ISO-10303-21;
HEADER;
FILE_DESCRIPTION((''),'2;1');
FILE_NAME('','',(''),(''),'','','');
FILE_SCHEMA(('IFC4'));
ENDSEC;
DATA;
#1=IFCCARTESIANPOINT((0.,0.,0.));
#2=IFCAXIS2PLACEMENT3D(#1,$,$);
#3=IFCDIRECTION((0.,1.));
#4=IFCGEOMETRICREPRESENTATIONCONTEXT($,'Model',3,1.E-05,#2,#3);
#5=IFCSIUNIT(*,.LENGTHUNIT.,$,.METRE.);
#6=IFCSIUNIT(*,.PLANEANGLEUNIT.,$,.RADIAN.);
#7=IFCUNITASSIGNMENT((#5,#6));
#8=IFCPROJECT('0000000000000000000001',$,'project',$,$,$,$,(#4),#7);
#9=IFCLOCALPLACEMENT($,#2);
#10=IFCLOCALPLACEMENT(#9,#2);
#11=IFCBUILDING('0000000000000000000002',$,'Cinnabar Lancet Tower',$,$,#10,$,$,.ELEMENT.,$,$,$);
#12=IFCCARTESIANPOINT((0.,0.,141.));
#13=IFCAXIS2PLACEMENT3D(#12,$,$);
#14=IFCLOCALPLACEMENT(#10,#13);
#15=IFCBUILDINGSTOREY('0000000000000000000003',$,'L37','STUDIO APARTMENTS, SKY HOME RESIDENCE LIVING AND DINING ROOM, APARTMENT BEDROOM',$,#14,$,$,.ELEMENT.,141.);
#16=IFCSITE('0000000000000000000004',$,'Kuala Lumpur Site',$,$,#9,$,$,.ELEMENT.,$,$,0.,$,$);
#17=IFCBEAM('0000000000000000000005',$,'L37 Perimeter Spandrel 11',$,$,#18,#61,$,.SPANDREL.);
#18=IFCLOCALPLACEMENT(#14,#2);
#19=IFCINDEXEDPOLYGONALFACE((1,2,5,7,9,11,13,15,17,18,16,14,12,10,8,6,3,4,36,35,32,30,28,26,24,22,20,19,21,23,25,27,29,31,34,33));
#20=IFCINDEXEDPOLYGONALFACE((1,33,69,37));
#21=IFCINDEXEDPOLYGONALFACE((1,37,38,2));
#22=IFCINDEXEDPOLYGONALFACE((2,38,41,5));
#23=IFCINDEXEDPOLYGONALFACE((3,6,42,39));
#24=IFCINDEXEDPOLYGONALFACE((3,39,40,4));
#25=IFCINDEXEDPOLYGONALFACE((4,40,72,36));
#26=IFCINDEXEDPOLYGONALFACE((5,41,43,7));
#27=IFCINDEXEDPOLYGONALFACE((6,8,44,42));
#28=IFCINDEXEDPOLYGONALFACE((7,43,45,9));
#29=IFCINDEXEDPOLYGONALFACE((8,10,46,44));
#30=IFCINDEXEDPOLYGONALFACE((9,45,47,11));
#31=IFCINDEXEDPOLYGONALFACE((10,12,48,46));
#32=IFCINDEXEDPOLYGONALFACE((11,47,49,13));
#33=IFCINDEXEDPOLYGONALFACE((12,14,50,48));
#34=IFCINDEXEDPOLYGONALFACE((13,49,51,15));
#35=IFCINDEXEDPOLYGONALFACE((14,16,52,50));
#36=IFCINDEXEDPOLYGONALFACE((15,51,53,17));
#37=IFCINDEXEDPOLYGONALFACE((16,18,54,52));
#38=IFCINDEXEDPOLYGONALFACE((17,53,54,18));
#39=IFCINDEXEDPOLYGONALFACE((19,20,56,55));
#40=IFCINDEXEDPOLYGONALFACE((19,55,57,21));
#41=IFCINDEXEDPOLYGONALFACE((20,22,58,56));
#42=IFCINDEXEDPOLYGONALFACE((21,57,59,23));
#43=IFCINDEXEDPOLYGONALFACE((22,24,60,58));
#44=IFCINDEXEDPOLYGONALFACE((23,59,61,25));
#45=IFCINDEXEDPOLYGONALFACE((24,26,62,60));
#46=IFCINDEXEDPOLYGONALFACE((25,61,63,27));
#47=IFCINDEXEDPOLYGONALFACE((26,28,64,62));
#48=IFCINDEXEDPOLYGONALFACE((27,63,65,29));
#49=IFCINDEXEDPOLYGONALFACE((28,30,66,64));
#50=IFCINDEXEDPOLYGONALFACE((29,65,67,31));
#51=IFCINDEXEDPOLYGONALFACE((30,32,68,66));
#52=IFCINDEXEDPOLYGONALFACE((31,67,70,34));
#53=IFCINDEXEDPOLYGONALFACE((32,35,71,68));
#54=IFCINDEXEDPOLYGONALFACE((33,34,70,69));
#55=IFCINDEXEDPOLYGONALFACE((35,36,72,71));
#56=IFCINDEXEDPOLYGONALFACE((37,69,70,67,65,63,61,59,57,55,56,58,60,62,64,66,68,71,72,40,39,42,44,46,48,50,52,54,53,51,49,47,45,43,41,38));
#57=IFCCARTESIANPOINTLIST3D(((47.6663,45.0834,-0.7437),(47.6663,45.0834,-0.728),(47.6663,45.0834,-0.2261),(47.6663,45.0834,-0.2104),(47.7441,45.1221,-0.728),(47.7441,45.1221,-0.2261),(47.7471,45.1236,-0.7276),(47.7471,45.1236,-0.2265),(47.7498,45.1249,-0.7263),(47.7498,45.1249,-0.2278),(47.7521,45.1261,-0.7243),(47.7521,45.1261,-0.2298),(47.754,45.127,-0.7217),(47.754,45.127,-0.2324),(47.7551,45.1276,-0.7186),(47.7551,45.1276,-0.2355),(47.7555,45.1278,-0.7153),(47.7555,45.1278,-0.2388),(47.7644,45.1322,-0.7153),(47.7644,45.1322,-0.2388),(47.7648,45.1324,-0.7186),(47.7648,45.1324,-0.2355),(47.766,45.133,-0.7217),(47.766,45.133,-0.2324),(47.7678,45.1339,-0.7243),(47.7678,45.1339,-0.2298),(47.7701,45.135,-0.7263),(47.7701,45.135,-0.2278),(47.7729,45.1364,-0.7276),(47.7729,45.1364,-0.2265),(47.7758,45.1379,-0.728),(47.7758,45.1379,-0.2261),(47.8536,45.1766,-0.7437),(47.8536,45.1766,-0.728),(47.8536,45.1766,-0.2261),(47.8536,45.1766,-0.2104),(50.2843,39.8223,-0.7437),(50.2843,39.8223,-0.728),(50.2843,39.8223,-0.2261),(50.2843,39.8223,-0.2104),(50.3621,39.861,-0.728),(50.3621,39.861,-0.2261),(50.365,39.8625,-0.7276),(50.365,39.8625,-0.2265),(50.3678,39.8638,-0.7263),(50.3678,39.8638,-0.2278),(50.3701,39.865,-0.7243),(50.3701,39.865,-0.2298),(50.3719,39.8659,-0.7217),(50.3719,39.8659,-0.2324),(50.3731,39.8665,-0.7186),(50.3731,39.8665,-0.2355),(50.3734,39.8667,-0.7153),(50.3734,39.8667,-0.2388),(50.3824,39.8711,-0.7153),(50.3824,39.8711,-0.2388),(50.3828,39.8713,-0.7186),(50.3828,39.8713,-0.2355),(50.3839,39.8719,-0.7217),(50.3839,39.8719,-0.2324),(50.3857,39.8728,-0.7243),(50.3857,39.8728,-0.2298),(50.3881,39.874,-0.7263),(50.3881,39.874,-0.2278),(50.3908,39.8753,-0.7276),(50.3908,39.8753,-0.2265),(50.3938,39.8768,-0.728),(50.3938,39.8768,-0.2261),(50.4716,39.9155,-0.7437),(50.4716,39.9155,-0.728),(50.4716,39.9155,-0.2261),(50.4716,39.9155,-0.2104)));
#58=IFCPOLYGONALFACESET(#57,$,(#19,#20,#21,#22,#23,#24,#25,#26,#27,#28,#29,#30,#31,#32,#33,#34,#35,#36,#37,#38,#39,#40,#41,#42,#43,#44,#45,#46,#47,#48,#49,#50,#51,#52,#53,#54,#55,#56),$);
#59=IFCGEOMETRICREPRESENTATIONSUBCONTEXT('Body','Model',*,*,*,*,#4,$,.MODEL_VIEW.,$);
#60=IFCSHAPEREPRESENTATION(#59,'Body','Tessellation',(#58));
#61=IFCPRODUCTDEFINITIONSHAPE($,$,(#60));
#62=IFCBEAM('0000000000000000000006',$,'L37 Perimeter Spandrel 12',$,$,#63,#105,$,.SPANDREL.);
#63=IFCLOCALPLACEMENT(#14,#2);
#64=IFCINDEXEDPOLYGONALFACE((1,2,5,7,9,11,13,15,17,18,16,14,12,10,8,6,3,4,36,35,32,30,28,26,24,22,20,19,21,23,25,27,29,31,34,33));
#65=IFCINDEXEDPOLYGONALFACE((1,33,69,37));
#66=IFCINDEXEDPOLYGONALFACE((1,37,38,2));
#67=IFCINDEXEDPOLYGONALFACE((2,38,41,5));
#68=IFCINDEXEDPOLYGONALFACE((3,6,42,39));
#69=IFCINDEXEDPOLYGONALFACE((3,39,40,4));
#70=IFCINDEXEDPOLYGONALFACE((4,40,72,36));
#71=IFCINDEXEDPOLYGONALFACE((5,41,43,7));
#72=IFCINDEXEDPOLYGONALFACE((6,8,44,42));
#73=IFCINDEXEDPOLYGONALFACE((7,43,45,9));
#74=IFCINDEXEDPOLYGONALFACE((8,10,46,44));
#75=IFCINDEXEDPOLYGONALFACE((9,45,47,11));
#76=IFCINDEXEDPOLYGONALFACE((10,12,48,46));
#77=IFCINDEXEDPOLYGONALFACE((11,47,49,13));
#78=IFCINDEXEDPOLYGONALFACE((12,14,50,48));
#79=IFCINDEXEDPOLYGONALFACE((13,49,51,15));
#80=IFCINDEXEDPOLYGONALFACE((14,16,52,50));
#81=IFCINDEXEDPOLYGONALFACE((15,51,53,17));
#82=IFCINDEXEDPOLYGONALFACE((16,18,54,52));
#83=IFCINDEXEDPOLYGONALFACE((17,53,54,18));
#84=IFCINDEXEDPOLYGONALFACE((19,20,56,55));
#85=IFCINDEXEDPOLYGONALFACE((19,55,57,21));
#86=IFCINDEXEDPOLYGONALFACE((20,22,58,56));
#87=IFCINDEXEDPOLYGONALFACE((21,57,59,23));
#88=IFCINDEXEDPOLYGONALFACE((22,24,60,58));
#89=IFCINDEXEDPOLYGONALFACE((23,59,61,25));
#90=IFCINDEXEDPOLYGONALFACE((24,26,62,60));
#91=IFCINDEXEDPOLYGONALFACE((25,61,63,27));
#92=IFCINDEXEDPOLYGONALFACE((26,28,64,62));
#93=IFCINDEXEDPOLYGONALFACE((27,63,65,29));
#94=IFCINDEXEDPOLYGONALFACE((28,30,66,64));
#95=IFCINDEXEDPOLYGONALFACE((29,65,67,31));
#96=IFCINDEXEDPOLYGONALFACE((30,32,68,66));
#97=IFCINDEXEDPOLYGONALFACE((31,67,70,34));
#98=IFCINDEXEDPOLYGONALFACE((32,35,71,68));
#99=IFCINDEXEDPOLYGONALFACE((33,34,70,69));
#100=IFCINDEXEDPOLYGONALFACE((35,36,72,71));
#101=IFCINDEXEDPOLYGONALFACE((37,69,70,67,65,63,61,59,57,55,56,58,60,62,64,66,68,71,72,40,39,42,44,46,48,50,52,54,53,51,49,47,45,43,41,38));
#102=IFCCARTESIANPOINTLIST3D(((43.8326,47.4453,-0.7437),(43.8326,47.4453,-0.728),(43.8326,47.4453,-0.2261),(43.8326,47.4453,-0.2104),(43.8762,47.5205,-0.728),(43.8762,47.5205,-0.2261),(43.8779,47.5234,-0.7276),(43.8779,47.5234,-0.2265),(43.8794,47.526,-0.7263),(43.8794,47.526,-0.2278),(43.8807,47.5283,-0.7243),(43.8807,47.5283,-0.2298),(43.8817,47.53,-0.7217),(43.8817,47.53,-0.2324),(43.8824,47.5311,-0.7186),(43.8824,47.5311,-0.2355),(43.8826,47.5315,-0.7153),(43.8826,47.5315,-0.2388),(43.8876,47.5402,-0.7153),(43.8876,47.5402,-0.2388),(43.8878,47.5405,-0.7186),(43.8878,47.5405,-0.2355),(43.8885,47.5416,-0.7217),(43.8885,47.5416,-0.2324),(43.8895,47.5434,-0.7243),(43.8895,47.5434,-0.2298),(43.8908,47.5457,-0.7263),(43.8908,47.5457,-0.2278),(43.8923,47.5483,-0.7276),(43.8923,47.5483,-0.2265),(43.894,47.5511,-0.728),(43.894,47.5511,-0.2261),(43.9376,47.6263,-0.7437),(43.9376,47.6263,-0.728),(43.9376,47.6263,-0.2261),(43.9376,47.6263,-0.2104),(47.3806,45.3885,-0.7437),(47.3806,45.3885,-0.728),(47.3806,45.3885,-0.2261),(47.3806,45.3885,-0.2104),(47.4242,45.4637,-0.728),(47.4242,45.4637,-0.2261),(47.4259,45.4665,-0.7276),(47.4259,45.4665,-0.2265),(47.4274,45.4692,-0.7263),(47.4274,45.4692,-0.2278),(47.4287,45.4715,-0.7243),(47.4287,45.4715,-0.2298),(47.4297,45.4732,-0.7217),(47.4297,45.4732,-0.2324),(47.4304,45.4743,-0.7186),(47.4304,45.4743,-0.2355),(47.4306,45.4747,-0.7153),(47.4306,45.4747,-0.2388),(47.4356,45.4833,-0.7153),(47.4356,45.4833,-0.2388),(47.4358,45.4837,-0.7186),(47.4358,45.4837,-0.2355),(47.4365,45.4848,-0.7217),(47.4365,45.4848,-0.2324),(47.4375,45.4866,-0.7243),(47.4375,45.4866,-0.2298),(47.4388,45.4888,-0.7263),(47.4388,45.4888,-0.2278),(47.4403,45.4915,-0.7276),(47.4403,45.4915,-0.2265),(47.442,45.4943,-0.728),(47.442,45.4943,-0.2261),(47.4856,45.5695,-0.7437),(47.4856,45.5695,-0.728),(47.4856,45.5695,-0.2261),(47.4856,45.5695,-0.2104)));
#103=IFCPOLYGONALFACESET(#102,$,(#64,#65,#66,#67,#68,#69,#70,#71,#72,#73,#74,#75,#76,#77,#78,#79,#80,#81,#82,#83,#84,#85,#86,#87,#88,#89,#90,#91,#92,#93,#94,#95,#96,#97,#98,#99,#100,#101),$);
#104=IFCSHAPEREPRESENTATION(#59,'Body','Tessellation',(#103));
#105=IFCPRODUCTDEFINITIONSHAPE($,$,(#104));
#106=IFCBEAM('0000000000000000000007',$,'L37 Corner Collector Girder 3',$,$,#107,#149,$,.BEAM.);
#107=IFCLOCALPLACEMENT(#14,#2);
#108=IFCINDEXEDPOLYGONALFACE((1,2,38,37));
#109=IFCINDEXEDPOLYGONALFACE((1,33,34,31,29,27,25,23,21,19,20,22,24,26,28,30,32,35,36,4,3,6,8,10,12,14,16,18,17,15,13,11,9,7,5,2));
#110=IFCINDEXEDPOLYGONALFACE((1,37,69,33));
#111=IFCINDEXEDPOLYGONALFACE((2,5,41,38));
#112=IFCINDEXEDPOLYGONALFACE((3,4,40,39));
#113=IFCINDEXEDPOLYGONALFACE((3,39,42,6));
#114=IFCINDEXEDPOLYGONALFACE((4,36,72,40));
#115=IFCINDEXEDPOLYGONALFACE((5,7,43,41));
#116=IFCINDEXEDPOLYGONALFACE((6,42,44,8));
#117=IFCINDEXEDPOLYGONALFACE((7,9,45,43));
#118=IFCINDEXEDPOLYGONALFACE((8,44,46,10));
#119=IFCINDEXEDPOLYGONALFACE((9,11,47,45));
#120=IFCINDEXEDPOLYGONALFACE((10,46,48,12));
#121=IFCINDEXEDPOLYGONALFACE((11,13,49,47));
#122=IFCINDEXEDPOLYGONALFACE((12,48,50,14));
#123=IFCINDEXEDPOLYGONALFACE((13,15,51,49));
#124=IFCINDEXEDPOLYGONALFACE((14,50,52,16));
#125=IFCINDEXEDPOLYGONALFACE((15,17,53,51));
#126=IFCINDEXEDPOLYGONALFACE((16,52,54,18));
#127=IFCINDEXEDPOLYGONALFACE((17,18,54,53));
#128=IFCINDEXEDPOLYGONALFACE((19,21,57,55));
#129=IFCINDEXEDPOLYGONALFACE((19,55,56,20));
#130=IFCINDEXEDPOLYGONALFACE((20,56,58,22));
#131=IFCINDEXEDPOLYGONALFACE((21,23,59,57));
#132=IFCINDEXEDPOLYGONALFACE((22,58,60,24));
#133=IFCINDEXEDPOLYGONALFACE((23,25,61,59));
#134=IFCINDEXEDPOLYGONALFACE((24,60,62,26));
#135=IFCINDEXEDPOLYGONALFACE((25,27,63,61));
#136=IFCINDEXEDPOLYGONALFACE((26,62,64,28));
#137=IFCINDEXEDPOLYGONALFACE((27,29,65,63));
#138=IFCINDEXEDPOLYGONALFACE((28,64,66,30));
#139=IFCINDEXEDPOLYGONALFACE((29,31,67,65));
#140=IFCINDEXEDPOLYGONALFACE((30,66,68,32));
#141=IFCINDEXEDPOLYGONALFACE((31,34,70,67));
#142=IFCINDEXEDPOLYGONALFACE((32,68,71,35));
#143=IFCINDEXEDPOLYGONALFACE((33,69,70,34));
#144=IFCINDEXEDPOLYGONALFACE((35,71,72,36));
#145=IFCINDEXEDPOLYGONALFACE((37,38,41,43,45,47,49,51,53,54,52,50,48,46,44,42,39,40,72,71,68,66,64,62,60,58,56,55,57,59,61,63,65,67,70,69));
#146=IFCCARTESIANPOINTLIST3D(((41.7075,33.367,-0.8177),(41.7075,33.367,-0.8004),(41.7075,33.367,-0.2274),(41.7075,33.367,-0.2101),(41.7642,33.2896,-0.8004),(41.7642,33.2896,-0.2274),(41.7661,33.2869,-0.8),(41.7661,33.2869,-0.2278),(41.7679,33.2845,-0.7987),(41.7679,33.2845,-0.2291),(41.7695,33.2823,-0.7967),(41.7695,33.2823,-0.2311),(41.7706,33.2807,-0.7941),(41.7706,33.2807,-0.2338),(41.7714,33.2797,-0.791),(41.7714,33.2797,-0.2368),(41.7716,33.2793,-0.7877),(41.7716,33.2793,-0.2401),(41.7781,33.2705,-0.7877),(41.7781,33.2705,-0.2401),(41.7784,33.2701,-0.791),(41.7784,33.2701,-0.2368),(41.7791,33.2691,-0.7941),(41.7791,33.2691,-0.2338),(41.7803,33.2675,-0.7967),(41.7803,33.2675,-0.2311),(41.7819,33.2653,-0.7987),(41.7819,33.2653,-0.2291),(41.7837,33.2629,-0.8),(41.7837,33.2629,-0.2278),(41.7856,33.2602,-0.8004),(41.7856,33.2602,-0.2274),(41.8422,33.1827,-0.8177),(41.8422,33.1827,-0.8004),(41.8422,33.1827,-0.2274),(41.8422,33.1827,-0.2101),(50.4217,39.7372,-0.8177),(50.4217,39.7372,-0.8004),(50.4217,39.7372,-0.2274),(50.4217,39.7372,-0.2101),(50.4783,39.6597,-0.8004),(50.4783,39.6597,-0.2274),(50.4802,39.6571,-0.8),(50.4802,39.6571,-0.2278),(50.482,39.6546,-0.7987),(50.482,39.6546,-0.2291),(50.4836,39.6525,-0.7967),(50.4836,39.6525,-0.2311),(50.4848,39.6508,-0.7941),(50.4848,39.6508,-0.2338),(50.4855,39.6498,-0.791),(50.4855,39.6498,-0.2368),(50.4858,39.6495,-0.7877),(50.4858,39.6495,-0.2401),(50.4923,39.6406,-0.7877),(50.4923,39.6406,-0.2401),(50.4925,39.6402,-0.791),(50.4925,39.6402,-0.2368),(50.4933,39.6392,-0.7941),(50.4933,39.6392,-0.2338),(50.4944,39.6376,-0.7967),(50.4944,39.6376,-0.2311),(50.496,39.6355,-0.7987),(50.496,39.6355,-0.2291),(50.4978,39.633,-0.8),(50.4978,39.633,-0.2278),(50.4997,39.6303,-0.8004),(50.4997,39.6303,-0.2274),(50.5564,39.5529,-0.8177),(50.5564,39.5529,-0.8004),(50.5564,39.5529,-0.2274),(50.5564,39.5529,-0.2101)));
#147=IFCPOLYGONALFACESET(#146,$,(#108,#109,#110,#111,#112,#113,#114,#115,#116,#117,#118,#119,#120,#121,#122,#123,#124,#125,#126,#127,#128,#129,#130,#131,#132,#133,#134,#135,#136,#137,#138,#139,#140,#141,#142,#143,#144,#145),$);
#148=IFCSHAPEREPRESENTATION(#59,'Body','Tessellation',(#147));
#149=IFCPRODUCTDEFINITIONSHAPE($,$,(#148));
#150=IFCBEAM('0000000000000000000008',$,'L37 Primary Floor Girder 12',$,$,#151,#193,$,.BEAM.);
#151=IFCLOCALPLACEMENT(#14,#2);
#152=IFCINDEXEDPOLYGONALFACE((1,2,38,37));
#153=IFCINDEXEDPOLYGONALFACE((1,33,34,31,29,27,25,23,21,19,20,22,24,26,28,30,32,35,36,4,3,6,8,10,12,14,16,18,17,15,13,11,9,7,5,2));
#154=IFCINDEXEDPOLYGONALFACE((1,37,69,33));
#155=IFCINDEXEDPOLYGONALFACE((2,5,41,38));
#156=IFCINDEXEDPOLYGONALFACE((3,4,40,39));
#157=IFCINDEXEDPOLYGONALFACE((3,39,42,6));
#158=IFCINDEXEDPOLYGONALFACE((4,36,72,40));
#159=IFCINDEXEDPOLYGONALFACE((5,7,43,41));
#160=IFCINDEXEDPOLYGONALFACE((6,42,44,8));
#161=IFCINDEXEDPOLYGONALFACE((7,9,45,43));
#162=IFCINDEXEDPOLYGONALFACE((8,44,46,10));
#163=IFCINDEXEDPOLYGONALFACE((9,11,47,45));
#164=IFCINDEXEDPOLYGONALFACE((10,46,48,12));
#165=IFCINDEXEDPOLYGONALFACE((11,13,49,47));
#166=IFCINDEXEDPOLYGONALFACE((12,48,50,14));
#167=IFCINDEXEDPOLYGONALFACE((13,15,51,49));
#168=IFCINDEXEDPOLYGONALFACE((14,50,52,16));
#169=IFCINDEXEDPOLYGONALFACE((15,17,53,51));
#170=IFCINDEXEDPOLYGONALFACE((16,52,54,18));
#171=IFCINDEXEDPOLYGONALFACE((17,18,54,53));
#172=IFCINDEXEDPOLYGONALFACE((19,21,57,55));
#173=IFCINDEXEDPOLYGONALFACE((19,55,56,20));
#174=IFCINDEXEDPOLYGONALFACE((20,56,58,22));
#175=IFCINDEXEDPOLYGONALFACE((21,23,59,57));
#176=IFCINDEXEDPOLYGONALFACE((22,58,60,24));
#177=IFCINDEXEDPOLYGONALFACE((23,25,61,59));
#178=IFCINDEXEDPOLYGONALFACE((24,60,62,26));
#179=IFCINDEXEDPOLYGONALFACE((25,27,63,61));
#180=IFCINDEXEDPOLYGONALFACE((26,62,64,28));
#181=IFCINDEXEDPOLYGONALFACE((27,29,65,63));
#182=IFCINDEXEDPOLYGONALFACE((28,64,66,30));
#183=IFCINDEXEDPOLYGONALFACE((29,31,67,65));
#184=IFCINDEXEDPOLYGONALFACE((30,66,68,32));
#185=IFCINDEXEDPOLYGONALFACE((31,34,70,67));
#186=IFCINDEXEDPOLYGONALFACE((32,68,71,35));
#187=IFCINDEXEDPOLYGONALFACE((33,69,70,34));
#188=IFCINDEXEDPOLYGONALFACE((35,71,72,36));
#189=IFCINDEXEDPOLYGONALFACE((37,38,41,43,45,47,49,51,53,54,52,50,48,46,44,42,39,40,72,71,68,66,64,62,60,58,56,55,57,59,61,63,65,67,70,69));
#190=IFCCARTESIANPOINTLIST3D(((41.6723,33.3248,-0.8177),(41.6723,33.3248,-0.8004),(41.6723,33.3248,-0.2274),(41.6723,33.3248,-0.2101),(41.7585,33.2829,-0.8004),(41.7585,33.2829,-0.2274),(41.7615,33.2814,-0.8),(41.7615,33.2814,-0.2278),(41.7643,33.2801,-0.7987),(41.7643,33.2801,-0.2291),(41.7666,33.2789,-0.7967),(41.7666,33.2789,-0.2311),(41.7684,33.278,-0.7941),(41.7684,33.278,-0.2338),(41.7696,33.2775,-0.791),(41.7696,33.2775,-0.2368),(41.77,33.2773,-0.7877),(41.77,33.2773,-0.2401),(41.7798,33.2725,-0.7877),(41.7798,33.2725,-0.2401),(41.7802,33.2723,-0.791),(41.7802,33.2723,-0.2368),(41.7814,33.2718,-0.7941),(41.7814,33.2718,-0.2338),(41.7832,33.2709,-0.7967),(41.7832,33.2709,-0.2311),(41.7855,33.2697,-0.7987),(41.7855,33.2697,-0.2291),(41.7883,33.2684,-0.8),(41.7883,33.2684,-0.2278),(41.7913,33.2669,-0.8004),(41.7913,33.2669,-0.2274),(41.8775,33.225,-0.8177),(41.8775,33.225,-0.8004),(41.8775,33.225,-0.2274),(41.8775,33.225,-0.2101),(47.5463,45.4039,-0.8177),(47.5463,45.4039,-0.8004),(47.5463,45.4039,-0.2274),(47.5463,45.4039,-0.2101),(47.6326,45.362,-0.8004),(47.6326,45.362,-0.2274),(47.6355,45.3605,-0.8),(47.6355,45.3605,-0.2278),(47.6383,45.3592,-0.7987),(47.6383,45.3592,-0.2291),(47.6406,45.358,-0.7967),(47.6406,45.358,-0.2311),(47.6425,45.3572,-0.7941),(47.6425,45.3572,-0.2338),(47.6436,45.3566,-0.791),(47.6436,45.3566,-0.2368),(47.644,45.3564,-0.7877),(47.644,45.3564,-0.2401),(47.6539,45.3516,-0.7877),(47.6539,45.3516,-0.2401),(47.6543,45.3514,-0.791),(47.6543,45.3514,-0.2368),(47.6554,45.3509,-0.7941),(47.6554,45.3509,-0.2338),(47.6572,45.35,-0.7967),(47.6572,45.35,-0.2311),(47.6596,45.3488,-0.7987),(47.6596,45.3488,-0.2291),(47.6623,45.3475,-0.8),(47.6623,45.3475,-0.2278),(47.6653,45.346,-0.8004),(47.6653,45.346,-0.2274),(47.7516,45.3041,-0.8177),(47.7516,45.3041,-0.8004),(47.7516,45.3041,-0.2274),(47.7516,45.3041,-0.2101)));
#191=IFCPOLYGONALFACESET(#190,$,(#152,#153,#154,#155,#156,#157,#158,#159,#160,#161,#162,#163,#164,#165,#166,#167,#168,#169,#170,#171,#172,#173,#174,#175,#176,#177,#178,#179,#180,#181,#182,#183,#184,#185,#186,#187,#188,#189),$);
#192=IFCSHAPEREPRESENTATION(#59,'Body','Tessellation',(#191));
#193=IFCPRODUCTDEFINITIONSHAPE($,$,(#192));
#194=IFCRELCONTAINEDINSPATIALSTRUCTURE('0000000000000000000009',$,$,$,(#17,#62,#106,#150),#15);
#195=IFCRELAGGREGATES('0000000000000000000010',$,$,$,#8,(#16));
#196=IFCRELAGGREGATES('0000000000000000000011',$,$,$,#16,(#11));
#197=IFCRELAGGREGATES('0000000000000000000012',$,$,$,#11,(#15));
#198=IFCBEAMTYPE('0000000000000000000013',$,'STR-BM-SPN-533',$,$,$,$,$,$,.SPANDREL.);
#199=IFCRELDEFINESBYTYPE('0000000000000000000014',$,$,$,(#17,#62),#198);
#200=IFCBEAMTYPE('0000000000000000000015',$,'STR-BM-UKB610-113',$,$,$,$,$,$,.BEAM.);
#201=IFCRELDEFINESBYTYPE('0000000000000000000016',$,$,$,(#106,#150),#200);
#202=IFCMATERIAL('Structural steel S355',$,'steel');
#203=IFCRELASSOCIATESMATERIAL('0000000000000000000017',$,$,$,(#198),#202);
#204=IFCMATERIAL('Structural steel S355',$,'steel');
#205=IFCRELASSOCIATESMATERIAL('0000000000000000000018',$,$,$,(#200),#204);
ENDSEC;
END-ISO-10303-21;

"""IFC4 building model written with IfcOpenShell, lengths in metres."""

from ifc_helpers import new_model, si_unit, direction, frame, origin, origin_2d, place, context, subcontext, project, spatial, i_section, extrude, material, material_profile, profile_set, type_object, element, save


model = new_model("IFC4")

# Units and contexts
model_context = context("Model", 3, precision=1e-05, world=origin(), true_north=direction((0.0, 1.0)))
body_context = subcontext(model_context, "Body", "Model", "MODEL_VIEW")
ifc_project = project(units=[si_unit("LENGTHUNIT", "METRE"), si_unit("PLANEANGLEUNIT", "RADIAN")], contexts=[model_context])

# Site, building, storey
site_placement = place(None, origin())
site = spatial("IfcSite", under=ifc_project, at=site_placement, Name="Kuala Lumpur Site", CompositionType="ELEMENT", RefElevation=0.0)
building_placement = place(site_placement, origin())
building = spatial("IfcBuilding", under=site, at=building_placement, Name="Cinnabar Lancet Tower", CompositionType="ELEMENT")
storey_placement = place(building_placement, frame((0.0, 0.0, 141.0)))
storey = spatial("IfcBuildingStorey", under=building, at=storey_placement, Name="L37", Description="STUDIO APARTMENTS, SKY HOME RESIDENCE LIVING AND DINING ROOM, APARTMENT BEDROOM", CompositionType="ELEMENT", Elevation=141.0)

# Beams
ifc_material_1 = material(Name="Structural steel S355", Category="steel")
ifc_material_profile_1 = material_profile(ifc_material_1, i_section(OverallWidth=0.2092, OverallDepth=0.5332, WebThickness=0.01, FlangeThickness=0.0156, FilletRadius=0.0127, at=origin_2d()), Name="UKB 533x210x92")
ifc_profile_set_1 = profile_set([ifc_material_profile_1], Name="Structural steel S355")
beam_type_1 = type_object("IfcBeamType", Name="STR-BM-SPN-533", PredefinedType="SPANDREL", material=ifc_profile_set_1)
beam_1_placement = place(storey_placement, frame((50.3779, 39.8689, -0.4771), z_axis=(-0.445501, 0.895281, 0.0), x_axis=(-0.895281, -0.445501, 0.0)))
element("IfcBeam", 1, at=beam_1_placement, inside=storey, type_object=beam_type_1, Name="L37 Perimeter Spandrel 11", PredefinedType="SPANDREL", context=body_context, shape_type="SweptSolid", body=[
    extrude(i_section(OverallWidth=0.2092, OverallDepth=0.5332, WebThickness=0.01, FlangeThickness=0.0156, FilletRadius=0.0127, at=origin_2d()), origin(), (0.0, 0.0, 1.0), 5.8765),
])
beam_2_placement = place(storey_placement, frame((47.4331, 45.479, -0.4771), z_axis=(-0.865138, 0.501534, 0.0), x_axis=(-0.501534, -0.865138, 0.0)))
element("IfcBeam", 2, at=beam_2_placement, inside=storey, type_object=beam_type_1, Name="L37 Perimeter Spandrel 12", PredefinedType="SPANDREL", context=body_context, shape_type="SweptSolid", body=[
    extrude(i_section(OverallWidth=0.2092, OverallDepth=0.5332, WebThickness=0.01, FlangeThickness=0.0156, FilletRadius=0.0127, at=origin_2d()), origin(), (0.0, 0.0, 1.0), 4.1011),
])
ifc_material_2 = material(Name="Structural steel S355", Category="steel")
ifc_material_profile_2 = material_profile(ifc_material_2, i_section(OverallWidth=0.2283, OverallDepth=0.6077, WebThickness=0.011, FlangeThickness=0.0173, FilletRadius=0.0127, at=origin_2d()), Name="UKB 610x229x113")
ifc_profile_set_2 = profile_set([ifc_material_profile_2], Name="Structural steel S355")
beam_type_2 = type_object("IfcBeamType", Name="STR-BM-UKB610-113", PredefinedType="BEAM", material=ifc_profile_set_2)
beam_3_placement = place(storey_placement, frame((50.489, 39.645, -0.5139), z_axis=(-0.807298, -0.590144, 0.0), x_axis=(0.590144, -0.807298, 0.0)))
element("IfcBeam", 3, at=beam_3_placement, inside=storey, type_object=beam_type_2, Name="L37 Corner Collector Girder 3", PredefinedType="BEAM", context=body_context, shape_type="SweptSolid", body=[
    extrude(i_section(OverallWidth=0.2283, OverallDepth=0.6077, WebThickness=0.011, FlangeThickness=0.0173, FilletRadius=0.0127, at=origin_2d()), origin(), (0.0, 0.0, 1.0), 10.7942),
])
beam_4_placement = place(storey_placement, frame((47.6489, 45.354, -0.5139), z_axis=(-0.437327, -0.899302, 0.0), x_axis=(0.899302, -0.437327, 0.0)))
element("IfcBeam", 4, at=beam_4_placement, inside=storey, type_object=beam_type_2, Name="L37 Primary Floor Girder 12", PredefinedType="BEAM", context=body_context, shape_type="SweptSolid", body=[
    extrude(i_section(OverallWidth=0.2283, OverallDepth=0.6077, WebThickness=0.011, FlangeThickness=0.0173, FilletRadius=0.0127, at=origin_2d()), origin(), (0.0, 0.0, 1.0), 13.4316),
])

save(model, "model.ifc")
